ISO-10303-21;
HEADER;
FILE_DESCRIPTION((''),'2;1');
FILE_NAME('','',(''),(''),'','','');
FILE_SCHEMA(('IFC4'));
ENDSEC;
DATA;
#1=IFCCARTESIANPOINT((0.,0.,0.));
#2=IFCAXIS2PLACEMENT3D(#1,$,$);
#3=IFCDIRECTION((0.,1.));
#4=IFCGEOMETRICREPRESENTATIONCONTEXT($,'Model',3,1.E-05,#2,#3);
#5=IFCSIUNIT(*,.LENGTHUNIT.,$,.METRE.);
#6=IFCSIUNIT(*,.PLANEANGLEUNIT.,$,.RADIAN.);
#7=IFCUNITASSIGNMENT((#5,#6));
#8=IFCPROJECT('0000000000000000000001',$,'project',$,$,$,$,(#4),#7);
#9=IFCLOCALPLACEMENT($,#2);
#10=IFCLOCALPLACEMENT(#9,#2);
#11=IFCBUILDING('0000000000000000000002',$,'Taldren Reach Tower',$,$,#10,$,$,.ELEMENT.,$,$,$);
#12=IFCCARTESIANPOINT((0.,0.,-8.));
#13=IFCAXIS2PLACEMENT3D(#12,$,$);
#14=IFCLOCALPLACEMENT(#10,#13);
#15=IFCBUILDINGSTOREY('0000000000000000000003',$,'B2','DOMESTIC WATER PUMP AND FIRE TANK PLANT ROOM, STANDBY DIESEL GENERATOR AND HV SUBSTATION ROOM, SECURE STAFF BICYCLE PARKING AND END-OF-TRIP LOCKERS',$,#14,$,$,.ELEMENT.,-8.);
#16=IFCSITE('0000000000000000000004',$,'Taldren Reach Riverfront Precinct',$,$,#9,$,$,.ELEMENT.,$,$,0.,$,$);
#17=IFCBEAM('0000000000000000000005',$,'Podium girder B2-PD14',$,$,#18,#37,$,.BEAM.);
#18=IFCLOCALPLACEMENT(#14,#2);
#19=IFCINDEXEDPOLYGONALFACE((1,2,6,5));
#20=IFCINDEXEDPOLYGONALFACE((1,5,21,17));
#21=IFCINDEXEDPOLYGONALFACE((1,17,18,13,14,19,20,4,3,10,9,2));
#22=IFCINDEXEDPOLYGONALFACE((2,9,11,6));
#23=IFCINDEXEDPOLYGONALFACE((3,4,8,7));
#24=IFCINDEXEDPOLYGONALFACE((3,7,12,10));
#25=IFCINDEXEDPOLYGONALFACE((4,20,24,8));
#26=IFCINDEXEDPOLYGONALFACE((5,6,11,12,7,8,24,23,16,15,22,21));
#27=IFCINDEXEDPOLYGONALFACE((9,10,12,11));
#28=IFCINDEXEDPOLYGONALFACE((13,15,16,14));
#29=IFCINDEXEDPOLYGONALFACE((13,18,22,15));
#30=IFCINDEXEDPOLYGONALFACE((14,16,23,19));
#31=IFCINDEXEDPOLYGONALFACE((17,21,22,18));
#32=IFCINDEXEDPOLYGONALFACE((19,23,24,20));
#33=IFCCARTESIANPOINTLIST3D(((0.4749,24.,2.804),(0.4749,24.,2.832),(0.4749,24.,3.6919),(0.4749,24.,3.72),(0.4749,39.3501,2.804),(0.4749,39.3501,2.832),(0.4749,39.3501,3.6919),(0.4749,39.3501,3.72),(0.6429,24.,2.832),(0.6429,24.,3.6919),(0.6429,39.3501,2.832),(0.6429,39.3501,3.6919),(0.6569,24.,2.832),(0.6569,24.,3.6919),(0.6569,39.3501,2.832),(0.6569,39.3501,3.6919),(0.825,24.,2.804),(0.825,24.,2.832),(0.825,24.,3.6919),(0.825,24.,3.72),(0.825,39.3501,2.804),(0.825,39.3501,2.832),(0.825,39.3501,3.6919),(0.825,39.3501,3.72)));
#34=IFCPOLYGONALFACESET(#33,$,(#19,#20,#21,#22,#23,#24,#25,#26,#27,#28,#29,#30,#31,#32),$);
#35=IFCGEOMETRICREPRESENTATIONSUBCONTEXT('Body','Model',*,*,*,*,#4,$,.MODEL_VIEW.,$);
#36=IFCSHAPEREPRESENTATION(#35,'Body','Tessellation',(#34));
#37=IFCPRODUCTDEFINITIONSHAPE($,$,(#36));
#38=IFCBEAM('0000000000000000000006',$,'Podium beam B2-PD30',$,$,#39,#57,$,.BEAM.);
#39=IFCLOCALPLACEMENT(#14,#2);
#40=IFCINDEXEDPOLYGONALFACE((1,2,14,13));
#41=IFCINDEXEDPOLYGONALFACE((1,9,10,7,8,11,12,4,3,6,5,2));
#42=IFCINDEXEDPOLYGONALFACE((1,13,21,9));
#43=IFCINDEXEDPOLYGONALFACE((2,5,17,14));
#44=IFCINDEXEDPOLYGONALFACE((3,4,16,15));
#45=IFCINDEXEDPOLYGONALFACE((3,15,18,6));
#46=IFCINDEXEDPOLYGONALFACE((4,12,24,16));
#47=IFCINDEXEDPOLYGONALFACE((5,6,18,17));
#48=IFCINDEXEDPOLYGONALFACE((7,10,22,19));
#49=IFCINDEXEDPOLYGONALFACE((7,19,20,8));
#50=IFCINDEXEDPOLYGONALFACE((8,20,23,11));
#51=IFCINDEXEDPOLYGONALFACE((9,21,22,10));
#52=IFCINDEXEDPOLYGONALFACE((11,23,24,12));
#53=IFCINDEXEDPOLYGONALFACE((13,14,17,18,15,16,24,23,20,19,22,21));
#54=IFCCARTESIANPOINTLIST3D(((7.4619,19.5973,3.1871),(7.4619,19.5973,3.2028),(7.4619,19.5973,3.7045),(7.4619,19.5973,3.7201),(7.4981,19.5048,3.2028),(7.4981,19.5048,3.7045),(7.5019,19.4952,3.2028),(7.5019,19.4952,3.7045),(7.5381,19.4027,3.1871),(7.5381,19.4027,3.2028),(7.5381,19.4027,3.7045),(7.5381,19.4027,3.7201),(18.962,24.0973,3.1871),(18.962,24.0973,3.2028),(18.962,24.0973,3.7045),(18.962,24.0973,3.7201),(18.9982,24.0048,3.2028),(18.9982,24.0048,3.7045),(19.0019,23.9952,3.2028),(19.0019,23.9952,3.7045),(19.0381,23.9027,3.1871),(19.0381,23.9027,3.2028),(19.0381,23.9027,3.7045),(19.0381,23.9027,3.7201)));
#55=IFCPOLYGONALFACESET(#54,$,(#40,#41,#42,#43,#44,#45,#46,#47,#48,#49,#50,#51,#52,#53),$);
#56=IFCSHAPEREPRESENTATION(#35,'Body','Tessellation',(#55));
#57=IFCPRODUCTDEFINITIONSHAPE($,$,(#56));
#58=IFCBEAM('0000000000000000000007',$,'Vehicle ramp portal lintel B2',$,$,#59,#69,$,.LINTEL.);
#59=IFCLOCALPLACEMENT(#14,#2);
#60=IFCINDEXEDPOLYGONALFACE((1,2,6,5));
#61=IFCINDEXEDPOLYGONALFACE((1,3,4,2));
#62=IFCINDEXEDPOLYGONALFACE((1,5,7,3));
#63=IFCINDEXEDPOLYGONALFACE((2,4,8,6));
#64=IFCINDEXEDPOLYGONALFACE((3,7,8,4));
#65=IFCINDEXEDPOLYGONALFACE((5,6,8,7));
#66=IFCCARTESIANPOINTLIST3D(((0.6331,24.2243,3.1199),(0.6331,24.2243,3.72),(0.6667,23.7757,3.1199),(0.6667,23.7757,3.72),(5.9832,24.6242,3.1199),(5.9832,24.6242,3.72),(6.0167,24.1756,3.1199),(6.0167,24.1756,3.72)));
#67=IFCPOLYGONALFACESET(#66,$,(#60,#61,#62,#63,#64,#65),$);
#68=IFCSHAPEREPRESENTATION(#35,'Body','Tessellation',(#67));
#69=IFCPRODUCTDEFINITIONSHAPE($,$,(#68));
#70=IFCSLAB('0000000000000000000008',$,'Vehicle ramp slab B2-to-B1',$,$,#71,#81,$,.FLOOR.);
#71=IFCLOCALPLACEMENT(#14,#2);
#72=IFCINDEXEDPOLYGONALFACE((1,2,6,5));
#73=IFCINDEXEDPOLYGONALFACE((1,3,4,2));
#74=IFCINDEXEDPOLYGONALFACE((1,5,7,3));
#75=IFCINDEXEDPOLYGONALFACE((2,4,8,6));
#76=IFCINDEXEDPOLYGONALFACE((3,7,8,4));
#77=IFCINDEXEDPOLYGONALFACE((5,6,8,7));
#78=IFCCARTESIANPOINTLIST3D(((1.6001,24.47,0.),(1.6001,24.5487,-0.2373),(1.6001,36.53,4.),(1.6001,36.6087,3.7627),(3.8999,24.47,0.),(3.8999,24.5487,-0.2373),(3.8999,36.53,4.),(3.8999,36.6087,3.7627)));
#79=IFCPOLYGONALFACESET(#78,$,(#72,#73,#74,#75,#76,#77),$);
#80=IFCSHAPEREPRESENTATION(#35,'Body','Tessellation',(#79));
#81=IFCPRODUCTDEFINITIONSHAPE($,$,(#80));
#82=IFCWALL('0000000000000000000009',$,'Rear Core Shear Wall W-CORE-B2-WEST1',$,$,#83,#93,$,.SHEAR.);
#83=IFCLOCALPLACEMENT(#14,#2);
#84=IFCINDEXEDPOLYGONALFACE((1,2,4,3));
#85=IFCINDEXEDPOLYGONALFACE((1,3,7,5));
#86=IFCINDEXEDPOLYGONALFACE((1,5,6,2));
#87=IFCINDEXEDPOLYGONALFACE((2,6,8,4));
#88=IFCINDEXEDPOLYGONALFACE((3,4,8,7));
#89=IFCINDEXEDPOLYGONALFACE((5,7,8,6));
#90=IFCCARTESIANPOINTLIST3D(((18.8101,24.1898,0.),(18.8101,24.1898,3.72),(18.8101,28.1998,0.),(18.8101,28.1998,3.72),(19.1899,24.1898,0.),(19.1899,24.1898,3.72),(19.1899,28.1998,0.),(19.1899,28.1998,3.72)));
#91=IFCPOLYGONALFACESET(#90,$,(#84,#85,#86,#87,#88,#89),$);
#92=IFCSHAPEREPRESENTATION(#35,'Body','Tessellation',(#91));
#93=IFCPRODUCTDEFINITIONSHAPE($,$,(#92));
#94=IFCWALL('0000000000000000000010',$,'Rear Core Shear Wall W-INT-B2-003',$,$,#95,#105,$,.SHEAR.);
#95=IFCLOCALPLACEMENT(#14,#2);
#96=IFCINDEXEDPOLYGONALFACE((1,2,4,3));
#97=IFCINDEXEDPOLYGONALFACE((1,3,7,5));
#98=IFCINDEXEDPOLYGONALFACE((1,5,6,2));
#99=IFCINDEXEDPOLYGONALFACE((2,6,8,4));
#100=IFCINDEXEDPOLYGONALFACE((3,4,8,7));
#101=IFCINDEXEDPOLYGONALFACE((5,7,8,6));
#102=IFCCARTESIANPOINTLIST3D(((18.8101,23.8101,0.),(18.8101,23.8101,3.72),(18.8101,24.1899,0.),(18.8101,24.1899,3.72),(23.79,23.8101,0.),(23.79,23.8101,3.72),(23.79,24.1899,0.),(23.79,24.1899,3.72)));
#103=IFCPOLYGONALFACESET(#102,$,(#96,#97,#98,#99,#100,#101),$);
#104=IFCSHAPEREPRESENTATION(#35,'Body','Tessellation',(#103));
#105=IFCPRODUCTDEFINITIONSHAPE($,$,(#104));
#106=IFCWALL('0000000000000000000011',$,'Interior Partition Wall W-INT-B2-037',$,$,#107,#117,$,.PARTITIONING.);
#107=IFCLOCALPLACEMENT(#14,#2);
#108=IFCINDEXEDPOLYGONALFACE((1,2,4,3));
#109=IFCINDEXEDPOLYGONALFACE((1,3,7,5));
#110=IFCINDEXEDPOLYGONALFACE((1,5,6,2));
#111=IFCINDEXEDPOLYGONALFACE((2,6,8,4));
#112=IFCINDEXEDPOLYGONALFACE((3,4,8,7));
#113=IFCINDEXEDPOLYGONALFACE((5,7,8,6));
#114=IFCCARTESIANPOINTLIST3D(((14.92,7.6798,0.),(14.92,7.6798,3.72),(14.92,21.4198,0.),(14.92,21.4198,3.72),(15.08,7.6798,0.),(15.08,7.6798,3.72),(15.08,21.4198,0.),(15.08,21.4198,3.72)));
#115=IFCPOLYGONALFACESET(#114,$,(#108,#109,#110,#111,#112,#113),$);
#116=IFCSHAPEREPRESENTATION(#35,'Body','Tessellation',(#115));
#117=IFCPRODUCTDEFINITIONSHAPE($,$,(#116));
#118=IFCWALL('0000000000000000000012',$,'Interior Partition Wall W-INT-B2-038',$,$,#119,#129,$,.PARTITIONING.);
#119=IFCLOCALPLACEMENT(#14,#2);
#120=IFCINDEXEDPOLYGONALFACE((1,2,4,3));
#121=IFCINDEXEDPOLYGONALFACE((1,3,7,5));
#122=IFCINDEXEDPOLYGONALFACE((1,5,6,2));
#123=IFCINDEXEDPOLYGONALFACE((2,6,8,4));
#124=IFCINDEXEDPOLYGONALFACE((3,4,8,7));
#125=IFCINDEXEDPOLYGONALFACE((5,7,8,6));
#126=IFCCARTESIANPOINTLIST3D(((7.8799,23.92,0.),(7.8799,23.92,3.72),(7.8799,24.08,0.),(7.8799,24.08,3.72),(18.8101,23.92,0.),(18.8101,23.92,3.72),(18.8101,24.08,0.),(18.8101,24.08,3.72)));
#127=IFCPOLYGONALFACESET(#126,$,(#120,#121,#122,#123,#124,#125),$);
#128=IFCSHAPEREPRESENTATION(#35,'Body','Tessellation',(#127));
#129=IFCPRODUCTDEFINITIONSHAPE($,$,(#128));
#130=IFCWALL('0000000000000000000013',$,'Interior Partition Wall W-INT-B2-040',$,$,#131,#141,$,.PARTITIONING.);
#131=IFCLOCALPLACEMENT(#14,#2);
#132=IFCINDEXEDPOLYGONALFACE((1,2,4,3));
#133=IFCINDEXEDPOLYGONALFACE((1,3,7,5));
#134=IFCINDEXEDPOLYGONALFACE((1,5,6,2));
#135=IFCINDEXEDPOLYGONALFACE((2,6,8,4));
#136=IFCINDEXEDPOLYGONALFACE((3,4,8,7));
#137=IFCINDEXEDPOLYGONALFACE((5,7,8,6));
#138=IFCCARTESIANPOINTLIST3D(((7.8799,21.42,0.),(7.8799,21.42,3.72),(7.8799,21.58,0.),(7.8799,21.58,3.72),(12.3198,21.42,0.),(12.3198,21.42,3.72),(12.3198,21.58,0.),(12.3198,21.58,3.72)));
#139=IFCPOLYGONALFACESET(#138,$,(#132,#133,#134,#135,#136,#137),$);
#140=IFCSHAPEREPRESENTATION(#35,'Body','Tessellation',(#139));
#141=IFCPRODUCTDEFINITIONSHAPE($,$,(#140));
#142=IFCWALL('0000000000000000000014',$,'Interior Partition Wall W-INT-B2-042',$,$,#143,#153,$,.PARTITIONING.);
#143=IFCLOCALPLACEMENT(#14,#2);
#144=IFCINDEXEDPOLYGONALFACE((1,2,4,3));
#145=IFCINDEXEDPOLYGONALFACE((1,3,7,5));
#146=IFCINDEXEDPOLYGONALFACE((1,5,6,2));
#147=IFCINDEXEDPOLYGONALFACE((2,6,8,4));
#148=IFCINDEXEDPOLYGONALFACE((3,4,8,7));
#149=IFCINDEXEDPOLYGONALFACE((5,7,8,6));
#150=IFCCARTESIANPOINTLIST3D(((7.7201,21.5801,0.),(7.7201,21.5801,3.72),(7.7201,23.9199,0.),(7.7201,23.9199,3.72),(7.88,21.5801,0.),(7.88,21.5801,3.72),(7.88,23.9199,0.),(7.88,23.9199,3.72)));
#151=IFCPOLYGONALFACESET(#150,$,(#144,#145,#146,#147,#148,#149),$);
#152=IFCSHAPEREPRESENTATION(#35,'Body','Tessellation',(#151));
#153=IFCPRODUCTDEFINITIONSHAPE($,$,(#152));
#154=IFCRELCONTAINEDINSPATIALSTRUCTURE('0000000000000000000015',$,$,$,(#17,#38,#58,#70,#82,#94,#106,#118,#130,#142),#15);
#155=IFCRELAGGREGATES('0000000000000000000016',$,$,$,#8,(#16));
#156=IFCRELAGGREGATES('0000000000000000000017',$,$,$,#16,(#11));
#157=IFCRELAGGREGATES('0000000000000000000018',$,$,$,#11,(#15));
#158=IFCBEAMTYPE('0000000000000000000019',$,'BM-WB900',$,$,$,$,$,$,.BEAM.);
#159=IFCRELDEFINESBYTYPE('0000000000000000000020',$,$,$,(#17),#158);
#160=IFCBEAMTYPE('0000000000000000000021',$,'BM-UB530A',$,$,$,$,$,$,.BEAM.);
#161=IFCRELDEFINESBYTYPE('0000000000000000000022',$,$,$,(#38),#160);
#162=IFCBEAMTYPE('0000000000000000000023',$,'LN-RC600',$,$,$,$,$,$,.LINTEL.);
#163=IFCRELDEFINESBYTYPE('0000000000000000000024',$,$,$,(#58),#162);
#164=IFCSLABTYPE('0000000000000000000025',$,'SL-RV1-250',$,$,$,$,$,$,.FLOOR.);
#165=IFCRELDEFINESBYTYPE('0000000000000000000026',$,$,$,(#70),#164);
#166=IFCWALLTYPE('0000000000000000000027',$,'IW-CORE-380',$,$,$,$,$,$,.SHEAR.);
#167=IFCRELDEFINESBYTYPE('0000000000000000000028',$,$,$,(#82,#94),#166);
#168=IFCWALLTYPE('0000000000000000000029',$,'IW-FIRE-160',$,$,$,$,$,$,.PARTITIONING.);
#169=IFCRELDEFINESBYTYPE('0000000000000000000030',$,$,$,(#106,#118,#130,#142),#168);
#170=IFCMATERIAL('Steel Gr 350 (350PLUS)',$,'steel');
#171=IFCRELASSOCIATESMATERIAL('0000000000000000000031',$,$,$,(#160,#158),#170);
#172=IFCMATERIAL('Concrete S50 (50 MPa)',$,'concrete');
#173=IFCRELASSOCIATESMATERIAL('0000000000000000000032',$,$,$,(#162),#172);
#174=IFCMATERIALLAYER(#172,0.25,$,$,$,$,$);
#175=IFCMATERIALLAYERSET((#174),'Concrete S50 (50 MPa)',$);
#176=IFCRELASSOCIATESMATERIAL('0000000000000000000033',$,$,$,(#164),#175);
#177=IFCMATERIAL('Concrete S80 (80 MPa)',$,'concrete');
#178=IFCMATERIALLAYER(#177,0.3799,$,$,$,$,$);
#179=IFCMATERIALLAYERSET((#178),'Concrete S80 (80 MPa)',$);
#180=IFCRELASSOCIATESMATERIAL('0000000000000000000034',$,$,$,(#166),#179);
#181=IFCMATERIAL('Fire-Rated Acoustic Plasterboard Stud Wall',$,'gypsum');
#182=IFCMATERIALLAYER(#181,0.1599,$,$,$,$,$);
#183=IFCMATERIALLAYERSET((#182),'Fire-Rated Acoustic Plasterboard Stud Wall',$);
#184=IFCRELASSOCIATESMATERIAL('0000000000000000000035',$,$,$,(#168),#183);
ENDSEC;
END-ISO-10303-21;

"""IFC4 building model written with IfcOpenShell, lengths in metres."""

from ifc_helpers import new_model, si_unit, direction, frame, frame_2d, origin, origin_2d, place, context, subcontext, project, spatial, polyline, rectangle, i_section, outline, extrude, source, transform, mapped, material, layer, layer_set, material_profile, profile_set, type_object, element, save


model = new_model("IFC4")

# Units and contexts
model_context = context("Model", 3, precision=1e-05, world=origin(), true_north=direction((0.0, 1.0)))
body_context = subcontext(model_context, "Body", "Model", "MODEL_VIEW")
ifc_project = project(units=[si_unit("LENGTHUNIT", "METRE"), si_unit("PLANEANGLEUNIT", "RADIAN")], contexts=[model_context])

# Site, building, storey
site_placement = place(None, origin())
site = spatial("IfcSite", under=ifc_project, at=site_placement, Name="Taldren Reach Riverfront Precinct", CompositionType="ELEMENT", RefElevation=0.0)
building_placement = place(site_placement, origin())
building = spatial("IfcBuilding", under=site, at=building_placement, Name="Taldren Reach Tower", CompositionType="ELEMENT")
storey_placement = place(building_placement, frame((0.0, 0.0, -8.0)))
storey = spatial("IfcBuildingStorey", under=building, at=storey_placement, Name="B2", Description="DOMESTIC WATER PUMP AND FIRE TANK PLANT ROOM, STANDBY DIESEL GENERATOR AND HV SUBSTATION ROOM, SECURE STAFF BICYCLE PARKING AND END-OF-TRIP LOCKERS", CompositionType="ELEMENT", Elevation=-8.0)

# Shared definitions
ifc_material_1 = material(Name="Concrete S50 (50 MPa)", Category="concrete")

# Beams
ifc_material_2 = material(Name="Steel Gr 350 (350PLUS)", Category="steel")
ifc_material_profile_1 = material_profile(ifc_material_2, i_section(OverallWidth=0.209, OverallDepth=0.533, WebThickness=0.0103, FlangeThickness=0.0156, at=origin_2d()), Name="530UB92.4")
ifc_profile_set_1 = profile_set([ifc_material_profile_1], Name="Steel Gr 350 (350PLUS)")
beam_type_1 = type_object("IfcBeamType", Name="BM-UB530A", PredefinedType="BEAM", material=ifc_profile_set_1)
ifc_material_profile_2 = material_profile(ifc_material_2, i_section(OverallWidth=0.3501, OverallDepth=0.916, WebThickness=0.0139, FlangeThickness=0.0281, at=origin_2d()), Name="900WB257")
ifc_profile_set_2 = profile_set([ifc_material_profile_2], Name="Steel Gr 350 (350PLUS)")
beam_type_2 = type_object("IfcBeamType", Name="BM-WB900", PredefinedType="BEAM", material=ifc_profile_set_2)
shared_shape_1 = source(origin(), body_context, "Body", "SweptSolid", [
    extrude(i_section(OverallWidth=0.3501, OverallDepth=0.916, WebThickness=0.0139, FlangeThickness=0.0281, at=origin_2d()), origin(), (0.0, 0.0, 1.0), 15.3501),
])
beam_1_placement = place(storey_placement, frame((0.6499, 24.0, 3.262), z_axis=(0.0, 1.0, 0.0), x_axis=(-1.0, 0.0, 0.0)))
element("IfcBeam", 1, at=beam_1_placement, inside=storey, type_object=beam_type_2, Name="Podium girder B2-PD14", PredefinedType="BEAM", context=body_context, shape_type="MappedRepresentation", body=[
    mapped(shared_shape_1, transform((0.0, 0.0, 0.0), scale=1.0)),
])
shared_shape_2 = source(origin(), body_context, "Body", "SweptSolid", [
    extrude(i_section(OverallWidth=0.209, OverallDepth=0.533, WebThickness=0.0103, FlangeThickness=0.0156, at=origin_2d()), origin(), (0.0, 0.0, 1.0), 12.3491),
])
beam_2_placement = place(storey_placement, frame((7.5, 19.5, 3.4536), z_axis=(0.931243, 0.364399, 0.0), x_axis=(-0.364399, 0.931243, 0.0)))
element("IfcBeam", 2, at=beam_2_placement, inside=storey, type_object=beam_type_1, Name="Podium beam B2-PD30", PredefinedType="BEAM", context=body_context, shape_type="MappedRepresentation", body=[
    mapped(shared_shape_2, transform((0.0, 0.0, 0.0), scale=1.0)),
])
ifc_material_profile_3 = material_profile(ifc_material_1, rectangle(XDim=0.45, YDim=0.6001, at=origin_2d()), Name="RC-600x450")
ifc_profile_set_3 = profile_set([ifc_material_profile_3], Name="Concrete S50 (50 MPa)")
beam_type_3 = type_object("IfcBeamType", Name="LN-RC600", PredefinedType="LINTEL", material=ifc_profile_set_3)
shared_shape_3 = source(origin(), body_context, "Body", "SweptSolid", [
    extrude(rectangle(XDim=0.45, YDim=0.6001, at=origin_2d()), origin(), (0.0, 0.0, 1.0), 5.365),
])
beam_3_placement = place(storey_placement, frame((0.6499, 24.0, 3.4199), z_axis=(0.997218, 0.074539, 0.0), x_axis=(-0.074539, 0.997218, 0.0)))
element("IfcBeam", 3, at=beam_3_placement, inside=storey, type_object=beam_type_3, Name="Vehicle ramp portal lintel B2", PredefinedType="LINTEL", context=body_context, shape_type="MappedRepresentation", body=[
    mapped(shared_shape_3, transform((0.0, 0.0, 0.0), scale=1.0)),
])

# Slab
ifc_layer_1 = layer(ifc_material_1, 0.25)
ifc_layer_set_1 = layer_set([ifc_layer_1], Name="Concrete S50 (50 MPa)")
slab_type = type_object("IfcSlabType", Name="SL-RV1-250", PredefinedType="FLOOR", material=ifc_layer_set_1)
slab_placement = place(storey_placement, frame((1.6001, 24.47, 0.0), z_axis=(0.0, -0.314809, 0.949155), x_axis=(0.0, 0.949155, 0.314809)))
element("IfcSlab", 4, at=slab_placement, inside=storey, type_object=slab_type, Name="Vehicle ramp slab B2-to-B1", PredefinedType="FLOOR", context=body_context, shape_type="SweptSolid", body=[
    extrude(outline(polyline([(0.0, 0.0), (12.7061, 0.0), (12.7061, -2.2998), (0.0, -2.2998), (0.0, 0.0)])), origin(), (0.0, 0.0, -1.0), 0.25),
])

# Walls
ifc_material_3 = material(Name="Concrete S80 (80 MPa)", Category="concrete")
ifc_layer_2 = layer(ifc_material_3, 0.3799)
ifc_layer_set_2 = layer_set([ifc_layer_2], Name="Concrete S80 (80 MPa)")
wall_type_1 = type_object("IfcWallType", Name="IW-CORE-380", PredefinedType="SHEAR", material=ifc_layer_set_2)
shared_shape_4 = source(origin(), body_context, "Body", "SweptSolid", [
    extrude(rectangle(XDim=4.01, YDim=0.3799, at=frame_2d((2.0049, 0.0))), origin(), (0.0, 0.0, 1.0), 3.72),
])
wall_1_placement = place(storey_placement, frame((19.0, 24.1899, 0.0), z_axis=(0.0, 0.0, 1.0), x_axis=(0.0, 1.0, 0.0)))
element("IfcWall", 5, at=wall_1_placement, inside=storey, type_object=wall_type_1, Name="Rear Core Shear Wall W-CORE-B2-WEST1", PredefinedType="SHEAR", context=body_context, shape_type="MappedRepresentation", body=[
    mapped(shared_shape_4, transform((0.0, 0.0, 0.0), scale=1.0)),
])
shared_shape_5 = source(origin(), body_context, "Body", "SweptSolid", [
    extrude(rectangle(XDim=4.98, YDim=0.3799, at=frame_2d((2.49, 0.0))), origin(), (0.0, 0.0, 1.0), 3.72),
])
wall_2_placement = place(storey_placement, frame((18.8101, 24.0, 0.0), z_axis=(0.0, 0.0, 1.0), x_axis=(1.0, 0.0, 0.0)))
element("IfcWall", 6, at=wall_2_placement, inside=storey, type_object=wall_type_1, Name="Rear Core Shear Wall W-INT-B2-003", PredefinedType="SHEAR", context=body_context, shape_type="MappedRepresentation", body=[
    mapped(shared_shape_5, transform((0.0, 0.0, 0.0), scale=1.0)),
])
ifc_material_4 = material(Name="Fire-Rated Acoustic Plasterboard Stud Wall", Category="gypsum")
ifc_layer_3 = layer(ifc_material_4, 0.1599)
ifc_layer_set_3 = layer_set([ifc_layer_3], Name="Fire-Rated Acoustic Plasterboard Stud Wall")
wall_type_2 = type_object("IfcWallType", Name="IW-FIRE-160", PredefinedType="PARTITIONING", material=ifc_layer_set_3)
shared_shape_6 = source(origin(), body_context, "Body", "SweptSolid", [
    extrude(rectangle(XDim=13.74, YDim=0.1599, at=frame_2d((6.8701, 0.0))), origin(), (0.0, 0.0, 1.0), 3.72),
])
wall_3_placement = place(storey_placement, frame((15.0, 21.4199, 0.0), z_axis=(0.0, 0.0, 1.0), x_axis=(0.0, -1.0, 0.0)))
element("IfcWall", 7, at=wall_3_placement, inside=storey, type_object=wall_type_2, Name="Interior Partition Wall W-INT-B2-037", PredefinedType="PARTITIONING", context=body_context, shape_type="MappedRepresentation", body=[
    mapped(shared_shape_6, transform((0.0, 0.0, 0.0), scale=1.0)),
])
shared_shape_7 = source(origin(), body_context, "Body", "SweptSolid", [
    extrude(rectangle(XDim=10.9302, YDim=0.1599, at=frame_2d((5.4651, 0.0))), origin(), (0.0, 0.0, 1.0), 3.72),
])
wall_4_placement = place(storey_placement, frame((7.8799, 24.0, 0.0), z_axis=(0.0, 0.0, 1.0), x_axis=(1.0, 0.0, 0.0)))
element("IfcWall", 8, at=wall_4_placement, inside=storey, type_object=wall_type_2, Name="Interior Partition Wall W-INT-B2-038", PredefinedType="PARTITIONING", context=body_context, shape_type="MappedRepresentation", body=[
    mapped(shared_shape_7, transform((0.0, 0.0, 0.0), scale=1.0)),
])
shared_shape_8 = source(origin(), body_context, "Body", "SweptSolid", [
    extrude(rectangle(XDim=4.4399, YDim=0.1599, at=frame_2d((2.22, 0.0))), origin(), (0.0, 0.0, 1.0), 3.72),
])
wall_5_placement = place(storey_placement, frame((12.3198, 21.5, 0.0), z_axis=(0.0, 0.0, 1.0), x_axis=(-1.0, 0.0, 0.0)))
element("IfcWall", 9, at=wall_5_placement, inside=storey, type_object=wall_type_2, Name="Interior Partition Wall W-INT-B2-040", PredefinedType="PARTITIONING", context=body_context, shape_type="MappedRepresentation", body=[
    mapped(shared_shape_8, transform((0.0, 0.0, 0.0), scale=1.0)),
])
shared_shape_9 = source(origin(), body_context, "Body", "SweptSolid", [
    extrude(rectangle(XDim=2.3398, YDim=0.1599, at=frame_2d((1.1699, 0.0))), origin(), (0.0, 0.0, 1.0), 3.72),
])
wall_6_placement = place(storey_placement, frame((7.8, 21.5801, 0.0), z_axis=(0.0, 0.0, 1.0), x_axis=(0.0, 1.0, 0.0)))
element("IfcWall", 10, at=wall_6_placement, inside=storey, type_object=wall_type_2, Name="Interior Partition Wall W-INT-B2-042", PredefinedType="PARTITIONING", context=body_context, shape_type="MappedRepresentation", body=[
    mapped(shared_shape_9, transform((0.0, 0.0, 0.0), scale=1.0)),
])

save(model, "model.ifc")
